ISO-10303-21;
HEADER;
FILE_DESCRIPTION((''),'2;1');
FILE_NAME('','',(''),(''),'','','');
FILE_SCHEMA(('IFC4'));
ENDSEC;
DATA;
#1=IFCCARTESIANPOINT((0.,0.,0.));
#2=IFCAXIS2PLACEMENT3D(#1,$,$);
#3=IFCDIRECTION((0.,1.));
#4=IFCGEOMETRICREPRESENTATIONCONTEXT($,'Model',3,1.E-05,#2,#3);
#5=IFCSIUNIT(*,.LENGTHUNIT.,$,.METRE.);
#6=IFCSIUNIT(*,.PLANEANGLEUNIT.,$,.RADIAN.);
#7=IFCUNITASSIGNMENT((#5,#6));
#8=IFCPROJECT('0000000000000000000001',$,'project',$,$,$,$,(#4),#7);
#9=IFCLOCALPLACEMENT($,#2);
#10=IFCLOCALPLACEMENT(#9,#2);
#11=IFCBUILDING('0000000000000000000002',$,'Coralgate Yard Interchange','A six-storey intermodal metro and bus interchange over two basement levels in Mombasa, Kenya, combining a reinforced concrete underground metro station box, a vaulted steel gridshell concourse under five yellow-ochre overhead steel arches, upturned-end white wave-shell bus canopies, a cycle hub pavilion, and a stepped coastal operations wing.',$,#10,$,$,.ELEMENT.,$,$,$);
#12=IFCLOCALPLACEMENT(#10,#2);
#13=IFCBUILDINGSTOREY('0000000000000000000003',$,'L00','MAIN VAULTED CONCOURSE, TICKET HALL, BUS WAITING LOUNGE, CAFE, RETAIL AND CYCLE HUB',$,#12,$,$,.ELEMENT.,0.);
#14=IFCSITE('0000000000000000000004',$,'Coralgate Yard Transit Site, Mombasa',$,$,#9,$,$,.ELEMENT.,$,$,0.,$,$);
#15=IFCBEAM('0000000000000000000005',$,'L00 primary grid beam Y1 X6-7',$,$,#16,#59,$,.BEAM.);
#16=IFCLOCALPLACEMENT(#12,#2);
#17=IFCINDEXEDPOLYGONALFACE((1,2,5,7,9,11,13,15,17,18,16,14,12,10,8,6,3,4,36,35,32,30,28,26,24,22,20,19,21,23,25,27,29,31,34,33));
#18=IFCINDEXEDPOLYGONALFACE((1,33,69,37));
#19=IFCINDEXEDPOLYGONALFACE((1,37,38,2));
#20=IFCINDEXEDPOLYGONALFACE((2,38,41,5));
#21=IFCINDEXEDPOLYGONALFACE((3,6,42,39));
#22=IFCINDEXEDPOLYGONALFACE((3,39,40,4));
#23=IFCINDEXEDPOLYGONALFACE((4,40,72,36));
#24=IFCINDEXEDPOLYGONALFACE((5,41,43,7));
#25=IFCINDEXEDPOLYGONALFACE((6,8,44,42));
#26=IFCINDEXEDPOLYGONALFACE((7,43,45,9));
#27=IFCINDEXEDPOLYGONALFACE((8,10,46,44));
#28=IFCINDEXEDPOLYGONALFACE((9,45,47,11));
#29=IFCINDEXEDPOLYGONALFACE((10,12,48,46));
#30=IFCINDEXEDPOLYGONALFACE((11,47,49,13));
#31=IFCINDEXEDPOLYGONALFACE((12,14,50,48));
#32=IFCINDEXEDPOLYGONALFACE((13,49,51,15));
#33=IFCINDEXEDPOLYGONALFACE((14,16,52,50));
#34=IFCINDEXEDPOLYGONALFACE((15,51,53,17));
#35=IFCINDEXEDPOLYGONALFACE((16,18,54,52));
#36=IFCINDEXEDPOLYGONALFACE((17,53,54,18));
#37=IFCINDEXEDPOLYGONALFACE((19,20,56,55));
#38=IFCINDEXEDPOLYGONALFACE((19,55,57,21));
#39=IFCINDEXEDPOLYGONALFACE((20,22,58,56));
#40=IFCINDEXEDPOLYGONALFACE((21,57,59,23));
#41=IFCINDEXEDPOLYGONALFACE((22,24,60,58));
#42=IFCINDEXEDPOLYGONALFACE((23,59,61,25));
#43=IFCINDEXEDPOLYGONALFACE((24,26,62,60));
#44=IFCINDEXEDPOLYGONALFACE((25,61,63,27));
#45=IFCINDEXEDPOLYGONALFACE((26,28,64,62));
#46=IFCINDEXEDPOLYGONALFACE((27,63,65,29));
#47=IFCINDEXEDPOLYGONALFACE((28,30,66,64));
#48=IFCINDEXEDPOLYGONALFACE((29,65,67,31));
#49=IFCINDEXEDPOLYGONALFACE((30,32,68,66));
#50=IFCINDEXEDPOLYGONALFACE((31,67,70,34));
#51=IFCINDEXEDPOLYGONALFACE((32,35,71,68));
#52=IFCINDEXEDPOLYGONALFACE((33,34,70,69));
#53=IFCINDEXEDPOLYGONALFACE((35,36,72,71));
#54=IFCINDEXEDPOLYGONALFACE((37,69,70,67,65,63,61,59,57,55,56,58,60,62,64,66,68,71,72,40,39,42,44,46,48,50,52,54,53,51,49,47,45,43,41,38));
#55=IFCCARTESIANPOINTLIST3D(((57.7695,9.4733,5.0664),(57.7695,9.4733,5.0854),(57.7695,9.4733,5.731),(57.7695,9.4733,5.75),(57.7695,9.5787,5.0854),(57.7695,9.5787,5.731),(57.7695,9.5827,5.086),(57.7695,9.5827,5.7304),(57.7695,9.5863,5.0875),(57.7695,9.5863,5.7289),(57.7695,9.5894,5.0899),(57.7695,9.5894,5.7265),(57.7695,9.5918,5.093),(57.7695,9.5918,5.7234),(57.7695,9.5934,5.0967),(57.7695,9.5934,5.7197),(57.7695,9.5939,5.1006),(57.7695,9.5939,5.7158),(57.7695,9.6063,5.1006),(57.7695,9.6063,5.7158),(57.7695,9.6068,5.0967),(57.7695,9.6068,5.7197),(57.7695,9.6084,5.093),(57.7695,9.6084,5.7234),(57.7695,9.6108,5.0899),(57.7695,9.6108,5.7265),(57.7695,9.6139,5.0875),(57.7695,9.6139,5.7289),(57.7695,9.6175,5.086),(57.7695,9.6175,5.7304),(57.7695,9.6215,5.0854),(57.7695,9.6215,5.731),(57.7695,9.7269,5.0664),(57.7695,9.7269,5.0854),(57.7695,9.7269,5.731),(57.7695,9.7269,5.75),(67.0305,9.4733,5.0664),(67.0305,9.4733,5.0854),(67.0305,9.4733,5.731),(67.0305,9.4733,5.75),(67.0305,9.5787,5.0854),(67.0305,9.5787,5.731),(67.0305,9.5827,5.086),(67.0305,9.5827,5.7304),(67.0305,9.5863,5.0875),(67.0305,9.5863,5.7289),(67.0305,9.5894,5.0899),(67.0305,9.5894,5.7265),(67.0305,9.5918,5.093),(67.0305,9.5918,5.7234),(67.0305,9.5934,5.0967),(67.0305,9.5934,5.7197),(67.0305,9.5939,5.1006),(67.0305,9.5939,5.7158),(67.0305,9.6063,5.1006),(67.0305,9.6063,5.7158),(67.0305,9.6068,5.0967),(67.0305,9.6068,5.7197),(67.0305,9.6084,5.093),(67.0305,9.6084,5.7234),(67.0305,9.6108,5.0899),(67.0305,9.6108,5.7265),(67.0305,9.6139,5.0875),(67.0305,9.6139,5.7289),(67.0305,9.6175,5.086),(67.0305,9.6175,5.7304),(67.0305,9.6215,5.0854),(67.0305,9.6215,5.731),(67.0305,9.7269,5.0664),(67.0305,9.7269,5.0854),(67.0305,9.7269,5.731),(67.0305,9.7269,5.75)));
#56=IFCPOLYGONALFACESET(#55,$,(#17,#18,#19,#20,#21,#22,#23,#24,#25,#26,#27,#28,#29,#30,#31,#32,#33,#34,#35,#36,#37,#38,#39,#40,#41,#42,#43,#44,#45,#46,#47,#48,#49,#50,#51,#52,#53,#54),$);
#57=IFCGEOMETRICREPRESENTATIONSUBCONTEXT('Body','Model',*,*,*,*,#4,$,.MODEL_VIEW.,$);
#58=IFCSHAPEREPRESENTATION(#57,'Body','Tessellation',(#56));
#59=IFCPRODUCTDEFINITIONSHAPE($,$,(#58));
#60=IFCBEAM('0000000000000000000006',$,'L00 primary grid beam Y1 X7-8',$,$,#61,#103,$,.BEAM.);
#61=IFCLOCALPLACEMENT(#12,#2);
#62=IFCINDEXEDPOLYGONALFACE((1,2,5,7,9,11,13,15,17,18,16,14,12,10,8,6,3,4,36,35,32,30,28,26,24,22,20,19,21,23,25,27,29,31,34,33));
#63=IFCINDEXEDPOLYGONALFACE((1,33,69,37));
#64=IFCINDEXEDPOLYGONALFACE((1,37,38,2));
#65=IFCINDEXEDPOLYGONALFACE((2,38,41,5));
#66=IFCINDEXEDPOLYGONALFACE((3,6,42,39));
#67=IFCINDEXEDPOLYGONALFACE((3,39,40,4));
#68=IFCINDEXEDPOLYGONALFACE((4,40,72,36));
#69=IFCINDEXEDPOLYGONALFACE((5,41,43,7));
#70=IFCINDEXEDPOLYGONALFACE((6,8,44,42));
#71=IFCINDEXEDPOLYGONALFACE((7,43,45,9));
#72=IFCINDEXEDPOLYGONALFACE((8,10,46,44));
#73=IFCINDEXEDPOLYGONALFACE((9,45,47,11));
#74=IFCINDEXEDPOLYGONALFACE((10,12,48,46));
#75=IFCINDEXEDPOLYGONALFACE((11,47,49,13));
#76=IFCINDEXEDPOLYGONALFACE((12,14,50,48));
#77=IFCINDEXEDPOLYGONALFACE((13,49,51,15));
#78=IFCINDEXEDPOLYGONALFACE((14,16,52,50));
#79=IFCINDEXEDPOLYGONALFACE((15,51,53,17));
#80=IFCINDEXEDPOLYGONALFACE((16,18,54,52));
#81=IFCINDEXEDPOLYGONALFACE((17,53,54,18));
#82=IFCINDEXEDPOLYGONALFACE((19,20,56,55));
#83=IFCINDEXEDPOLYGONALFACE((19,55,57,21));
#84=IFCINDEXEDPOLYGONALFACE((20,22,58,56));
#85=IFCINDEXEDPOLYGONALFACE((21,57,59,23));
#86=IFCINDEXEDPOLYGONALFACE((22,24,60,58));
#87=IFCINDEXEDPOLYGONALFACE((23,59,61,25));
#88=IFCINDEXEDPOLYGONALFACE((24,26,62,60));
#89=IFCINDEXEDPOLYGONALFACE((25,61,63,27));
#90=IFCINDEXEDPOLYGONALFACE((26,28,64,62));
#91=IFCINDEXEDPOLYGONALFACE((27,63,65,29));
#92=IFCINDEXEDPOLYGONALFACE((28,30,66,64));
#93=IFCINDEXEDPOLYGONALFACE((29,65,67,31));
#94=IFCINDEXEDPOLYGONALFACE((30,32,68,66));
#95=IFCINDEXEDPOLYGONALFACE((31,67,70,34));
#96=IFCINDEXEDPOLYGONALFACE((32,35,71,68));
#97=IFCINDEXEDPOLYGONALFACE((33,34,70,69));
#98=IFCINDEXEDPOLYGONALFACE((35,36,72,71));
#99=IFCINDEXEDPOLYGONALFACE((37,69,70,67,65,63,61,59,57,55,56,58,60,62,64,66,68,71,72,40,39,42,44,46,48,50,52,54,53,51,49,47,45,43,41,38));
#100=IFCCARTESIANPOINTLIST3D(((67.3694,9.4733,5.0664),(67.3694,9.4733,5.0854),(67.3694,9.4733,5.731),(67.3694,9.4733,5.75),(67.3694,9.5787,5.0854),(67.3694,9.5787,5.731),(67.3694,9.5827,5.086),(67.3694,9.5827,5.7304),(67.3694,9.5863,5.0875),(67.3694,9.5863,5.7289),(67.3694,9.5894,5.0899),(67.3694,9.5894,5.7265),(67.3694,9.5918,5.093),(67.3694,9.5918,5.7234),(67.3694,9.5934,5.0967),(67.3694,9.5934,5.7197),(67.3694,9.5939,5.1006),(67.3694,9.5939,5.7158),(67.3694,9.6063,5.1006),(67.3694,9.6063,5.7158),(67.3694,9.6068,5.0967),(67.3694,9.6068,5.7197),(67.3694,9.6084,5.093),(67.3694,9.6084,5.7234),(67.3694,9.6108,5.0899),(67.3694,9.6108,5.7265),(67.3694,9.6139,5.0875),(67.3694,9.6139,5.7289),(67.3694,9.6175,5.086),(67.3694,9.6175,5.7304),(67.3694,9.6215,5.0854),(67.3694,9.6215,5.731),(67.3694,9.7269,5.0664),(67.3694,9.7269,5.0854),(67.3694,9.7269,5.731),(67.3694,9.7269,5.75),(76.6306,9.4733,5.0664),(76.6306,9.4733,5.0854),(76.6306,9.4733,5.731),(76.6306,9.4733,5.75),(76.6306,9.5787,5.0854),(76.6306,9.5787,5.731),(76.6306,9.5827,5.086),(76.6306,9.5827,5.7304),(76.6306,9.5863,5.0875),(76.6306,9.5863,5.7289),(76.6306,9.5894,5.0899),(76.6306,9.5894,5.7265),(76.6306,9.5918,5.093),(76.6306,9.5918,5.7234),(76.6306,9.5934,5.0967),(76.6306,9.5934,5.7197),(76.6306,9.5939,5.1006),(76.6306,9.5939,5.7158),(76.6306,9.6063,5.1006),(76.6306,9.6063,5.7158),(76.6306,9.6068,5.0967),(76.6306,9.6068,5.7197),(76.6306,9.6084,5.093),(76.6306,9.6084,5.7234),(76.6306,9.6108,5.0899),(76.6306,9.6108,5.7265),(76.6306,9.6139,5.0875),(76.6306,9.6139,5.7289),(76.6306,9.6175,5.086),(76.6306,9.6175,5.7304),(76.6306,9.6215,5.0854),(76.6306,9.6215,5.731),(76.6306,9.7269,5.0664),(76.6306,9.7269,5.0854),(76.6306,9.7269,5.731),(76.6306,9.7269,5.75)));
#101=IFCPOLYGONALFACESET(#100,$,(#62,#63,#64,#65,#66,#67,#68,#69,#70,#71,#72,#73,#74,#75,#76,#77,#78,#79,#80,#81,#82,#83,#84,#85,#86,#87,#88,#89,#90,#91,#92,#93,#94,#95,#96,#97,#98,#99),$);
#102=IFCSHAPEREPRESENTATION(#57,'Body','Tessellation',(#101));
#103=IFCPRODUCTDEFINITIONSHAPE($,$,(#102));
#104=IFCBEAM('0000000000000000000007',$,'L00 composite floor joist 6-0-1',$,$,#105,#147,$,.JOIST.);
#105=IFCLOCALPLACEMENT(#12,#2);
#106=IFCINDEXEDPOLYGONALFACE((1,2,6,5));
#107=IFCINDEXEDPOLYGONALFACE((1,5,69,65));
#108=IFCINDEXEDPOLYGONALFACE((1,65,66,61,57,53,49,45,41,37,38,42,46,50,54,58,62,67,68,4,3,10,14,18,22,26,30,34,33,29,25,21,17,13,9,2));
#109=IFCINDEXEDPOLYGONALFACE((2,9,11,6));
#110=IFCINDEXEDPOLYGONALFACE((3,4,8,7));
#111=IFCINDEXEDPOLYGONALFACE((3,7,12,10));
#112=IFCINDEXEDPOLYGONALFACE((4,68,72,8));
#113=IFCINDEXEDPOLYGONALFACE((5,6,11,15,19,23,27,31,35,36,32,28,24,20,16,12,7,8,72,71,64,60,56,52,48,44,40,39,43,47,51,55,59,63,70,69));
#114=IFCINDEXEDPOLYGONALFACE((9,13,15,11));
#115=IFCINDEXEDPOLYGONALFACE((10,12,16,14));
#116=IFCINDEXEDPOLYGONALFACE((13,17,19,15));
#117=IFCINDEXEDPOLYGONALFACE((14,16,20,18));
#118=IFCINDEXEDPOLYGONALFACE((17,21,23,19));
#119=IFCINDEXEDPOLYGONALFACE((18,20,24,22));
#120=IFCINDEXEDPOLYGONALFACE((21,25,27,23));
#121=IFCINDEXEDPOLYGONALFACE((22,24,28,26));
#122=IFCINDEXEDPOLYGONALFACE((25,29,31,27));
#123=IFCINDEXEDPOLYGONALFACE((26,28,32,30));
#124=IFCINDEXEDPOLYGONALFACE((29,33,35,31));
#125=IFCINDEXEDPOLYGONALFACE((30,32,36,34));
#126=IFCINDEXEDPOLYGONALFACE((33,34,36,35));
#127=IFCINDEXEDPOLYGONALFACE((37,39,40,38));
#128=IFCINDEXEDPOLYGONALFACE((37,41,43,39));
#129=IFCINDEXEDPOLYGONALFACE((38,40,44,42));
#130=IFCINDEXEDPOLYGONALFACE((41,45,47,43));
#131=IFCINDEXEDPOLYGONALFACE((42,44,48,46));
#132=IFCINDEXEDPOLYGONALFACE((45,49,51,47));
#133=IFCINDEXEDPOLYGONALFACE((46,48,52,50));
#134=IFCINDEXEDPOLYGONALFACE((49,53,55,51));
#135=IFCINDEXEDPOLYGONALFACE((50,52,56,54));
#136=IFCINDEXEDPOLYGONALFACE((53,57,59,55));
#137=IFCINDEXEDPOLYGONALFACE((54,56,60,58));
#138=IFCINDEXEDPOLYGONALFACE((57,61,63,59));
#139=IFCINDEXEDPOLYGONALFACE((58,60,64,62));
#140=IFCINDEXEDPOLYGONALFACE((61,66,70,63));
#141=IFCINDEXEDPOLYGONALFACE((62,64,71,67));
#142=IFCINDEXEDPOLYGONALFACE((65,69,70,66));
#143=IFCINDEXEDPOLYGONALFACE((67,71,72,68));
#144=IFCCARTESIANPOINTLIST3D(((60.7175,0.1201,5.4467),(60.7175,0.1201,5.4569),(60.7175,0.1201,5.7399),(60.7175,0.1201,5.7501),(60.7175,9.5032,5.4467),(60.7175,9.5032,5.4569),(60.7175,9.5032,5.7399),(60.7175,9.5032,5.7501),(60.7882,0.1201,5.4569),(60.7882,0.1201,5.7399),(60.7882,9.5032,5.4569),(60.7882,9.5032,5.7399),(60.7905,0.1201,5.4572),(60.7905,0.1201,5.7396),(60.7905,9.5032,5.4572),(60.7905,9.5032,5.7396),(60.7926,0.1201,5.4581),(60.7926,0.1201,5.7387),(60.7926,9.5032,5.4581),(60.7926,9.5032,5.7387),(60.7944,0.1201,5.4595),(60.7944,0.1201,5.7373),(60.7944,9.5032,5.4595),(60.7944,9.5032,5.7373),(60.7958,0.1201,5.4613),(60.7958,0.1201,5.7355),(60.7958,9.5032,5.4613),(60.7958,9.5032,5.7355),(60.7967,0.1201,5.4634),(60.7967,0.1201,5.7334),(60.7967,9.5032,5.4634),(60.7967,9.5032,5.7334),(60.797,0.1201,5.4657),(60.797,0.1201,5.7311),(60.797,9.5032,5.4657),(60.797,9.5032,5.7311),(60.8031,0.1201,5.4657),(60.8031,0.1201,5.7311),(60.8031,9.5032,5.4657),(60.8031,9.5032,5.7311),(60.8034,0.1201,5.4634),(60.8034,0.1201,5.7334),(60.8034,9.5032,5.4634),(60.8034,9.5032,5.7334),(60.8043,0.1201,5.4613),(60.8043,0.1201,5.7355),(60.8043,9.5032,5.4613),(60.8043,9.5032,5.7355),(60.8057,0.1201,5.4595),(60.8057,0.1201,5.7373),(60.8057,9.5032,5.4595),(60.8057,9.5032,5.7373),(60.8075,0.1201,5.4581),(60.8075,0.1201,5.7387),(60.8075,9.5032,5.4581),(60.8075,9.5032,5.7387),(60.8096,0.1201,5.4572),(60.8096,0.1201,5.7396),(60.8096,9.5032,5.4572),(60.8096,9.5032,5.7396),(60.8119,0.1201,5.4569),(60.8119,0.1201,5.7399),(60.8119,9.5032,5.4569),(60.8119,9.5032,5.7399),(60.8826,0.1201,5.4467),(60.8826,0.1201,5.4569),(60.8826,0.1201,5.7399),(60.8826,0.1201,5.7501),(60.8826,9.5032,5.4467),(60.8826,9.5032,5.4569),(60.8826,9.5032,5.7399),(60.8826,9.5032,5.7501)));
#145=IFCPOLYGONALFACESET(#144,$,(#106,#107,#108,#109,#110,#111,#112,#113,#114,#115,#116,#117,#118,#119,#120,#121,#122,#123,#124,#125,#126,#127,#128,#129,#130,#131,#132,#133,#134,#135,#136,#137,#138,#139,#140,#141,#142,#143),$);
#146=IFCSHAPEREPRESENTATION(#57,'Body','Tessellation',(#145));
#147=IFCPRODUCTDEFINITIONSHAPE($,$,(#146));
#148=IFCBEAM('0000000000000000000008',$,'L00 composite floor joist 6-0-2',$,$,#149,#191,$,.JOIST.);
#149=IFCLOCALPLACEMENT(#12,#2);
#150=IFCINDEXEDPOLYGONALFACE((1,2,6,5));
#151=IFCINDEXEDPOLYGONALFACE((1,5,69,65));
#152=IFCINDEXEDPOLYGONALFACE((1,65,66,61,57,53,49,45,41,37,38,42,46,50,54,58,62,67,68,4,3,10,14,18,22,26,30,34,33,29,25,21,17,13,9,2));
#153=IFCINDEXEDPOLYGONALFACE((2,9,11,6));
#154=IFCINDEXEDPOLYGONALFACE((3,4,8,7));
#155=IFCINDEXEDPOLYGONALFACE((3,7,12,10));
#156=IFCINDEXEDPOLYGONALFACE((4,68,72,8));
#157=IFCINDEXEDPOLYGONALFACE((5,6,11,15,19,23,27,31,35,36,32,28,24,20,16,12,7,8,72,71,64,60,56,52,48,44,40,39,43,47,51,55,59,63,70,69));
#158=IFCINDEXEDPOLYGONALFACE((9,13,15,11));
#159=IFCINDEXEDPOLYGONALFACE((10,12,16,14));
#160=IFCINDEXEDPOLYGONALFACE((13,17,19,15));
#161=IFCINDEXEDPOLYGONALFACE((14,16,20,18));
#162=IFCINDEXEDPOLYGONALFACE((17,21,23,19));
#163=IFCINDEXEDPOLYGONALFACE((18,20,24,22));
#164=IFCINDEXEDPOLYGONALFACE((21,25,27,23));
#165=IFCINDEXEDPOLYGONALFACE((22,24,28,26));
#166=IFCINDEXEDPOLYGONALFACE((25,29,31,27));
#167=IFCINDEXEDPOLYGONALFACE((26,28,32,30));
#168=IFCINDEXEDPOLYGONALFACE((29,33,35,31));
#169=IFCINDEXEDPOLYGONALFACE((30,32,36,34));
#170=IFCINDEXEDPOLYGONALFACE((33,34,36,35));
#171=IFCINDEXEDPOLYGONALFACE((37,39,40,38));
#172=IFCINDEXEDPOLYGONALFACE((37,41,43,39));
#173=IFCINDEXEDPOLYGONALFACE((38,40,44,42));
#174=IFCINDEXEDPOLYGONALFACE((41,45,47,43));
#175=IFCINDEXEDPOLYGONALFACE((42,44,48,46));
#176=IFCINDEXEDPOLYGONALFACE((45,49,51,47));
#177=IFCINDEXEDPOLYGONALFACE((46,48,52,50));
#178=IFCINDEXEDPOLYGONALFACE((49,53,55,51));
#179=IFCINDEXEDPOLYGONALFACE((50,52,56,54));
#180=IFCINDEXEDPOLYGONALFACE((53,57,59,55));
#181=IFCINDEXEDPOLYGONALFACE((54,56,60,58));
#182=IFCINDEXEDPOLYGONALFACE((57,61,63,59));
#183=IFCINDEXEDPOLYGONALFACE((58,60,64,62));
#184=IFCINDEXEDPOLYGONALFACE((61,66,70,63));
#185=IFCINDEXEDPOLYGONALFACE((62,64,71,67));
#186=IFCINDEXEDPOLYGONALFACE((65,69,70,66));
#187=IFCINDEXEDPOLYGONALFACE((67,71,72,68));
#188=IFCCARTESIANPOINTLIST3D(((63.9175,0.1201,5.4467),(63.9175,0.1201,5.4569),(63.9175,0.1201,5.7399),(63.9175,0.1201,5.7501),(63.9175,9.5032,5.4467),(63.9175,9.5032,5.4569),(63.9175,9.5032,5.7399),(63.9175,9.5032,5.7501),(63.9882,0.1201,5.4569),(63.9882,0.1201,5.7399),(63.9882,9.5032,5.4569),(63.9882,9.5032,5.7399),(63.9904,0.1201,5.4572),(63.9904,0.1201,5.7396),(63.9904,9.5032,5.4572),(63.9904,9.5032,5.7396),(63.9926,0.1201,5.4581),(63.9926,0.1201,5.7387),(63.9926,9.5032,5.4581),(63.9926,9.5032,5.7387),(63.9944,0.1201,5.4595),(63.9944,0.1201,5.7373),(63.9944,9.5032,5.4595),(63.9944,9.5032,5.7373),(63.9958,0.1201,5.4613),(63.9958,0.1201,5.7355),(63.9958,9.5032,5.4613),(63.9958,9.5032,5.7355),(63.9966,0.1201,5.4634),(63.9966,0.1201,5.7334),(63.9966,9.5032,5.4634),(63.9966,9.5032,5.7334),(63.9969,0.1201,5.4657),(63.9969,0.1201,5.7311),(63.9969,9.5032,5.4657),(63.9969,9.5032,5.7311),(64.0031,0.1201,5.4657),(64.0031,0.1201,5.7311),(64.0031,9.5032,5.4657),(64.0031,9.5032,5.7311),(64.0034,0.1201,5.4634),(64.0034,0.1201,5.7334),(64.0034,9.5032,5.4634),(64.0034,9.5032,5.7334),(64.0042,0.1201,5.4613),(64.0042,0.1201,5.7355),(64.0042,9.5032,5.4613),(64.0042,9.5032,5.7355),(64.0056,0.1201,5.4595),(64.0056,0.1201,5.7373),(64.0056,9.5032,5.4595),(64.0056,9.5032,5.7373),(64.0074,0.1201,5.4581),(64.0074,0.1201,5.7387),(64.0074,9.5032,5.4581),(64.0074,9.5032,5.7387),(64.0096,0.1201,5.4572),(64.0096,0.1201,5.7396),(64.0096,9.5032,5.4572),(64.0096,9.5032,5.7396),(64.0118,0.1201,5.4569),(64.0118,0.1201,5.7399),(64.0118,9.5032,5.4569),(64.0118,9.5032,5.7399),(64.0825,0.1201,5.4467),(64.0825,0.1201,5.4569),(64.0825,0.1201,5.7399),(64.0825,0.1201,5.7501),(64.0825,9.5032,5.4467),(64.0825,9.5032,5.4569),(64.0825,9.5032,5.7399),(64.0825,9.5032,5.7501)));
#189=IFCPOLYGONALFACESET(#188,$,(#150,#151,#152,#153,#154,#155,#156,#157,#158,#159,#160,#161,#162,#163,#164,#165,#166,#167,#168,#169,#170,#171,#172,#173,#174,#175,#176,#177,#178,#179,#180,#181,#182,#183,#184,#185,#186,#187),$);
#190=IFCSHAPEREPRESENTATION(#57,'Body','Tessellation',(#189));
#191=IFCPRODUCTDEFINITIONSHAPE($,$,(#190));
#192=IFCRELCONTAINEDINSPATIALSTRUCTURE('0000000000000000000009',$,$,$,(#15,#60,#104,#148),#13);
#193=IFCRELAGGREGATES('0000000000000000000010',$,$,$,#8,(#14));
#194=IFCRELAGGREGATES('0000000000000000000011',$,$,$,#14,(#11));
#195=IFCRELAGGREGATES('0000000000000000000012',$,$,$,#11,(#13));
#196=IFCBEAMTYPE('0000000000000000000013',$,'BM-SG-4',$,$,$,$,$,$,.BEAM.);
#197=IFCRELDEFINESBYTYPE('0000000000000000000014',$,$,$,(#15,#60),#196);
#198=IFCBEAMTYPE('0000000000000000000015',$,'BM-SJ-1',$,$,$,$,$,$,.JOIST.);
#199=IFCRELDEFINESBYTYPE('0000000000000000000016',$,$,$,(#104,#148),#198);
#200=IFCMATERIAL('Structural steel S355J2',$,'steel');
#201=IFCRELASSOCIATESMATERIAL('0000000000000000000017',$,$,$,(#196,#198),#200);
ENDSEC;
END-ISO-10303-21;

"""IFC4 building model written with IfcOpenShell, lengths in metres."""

from ifc_helpers import new_model, si_unit, direction, frame, origin, origin_2d, place, context, subcontext, project, spatial, i_section, extrude, material, material_profile, profile_set, type_object, element, save


model = new_model("IFC4")

# Units and contexts
model_context = context("Model", 3, precision=1e-05, world=origin(), true_north=direction((0.0, 1.0)))
body_context = subcontext(model_context, "Body", "Model", "MODEL_VIEW")
ifc_project = project(units=[si_unit("LENGTHUNIT", "METRE"), si_unit("PLANEANGLEUNIT", "RADIAN")], contexts=[model_context])

# Site, building, storey
site_placement = place(None, origin())
site = spatial("IfcSite", under=ifc_project, at=site_placement, Name="Coralgate Yard Transit Site, Mombasa", CompositionType="ELEMENT", RefElevation=0.0)
building_placement = place(site_placement, origin())
building = spatial("IfcBuilding", under=site, at=building_placement, Name="Coralgate Yard Interchange", Description="A six-storey intermodal metro and bus interchange over two basement levels in Mombasa, Kenya, combining a reinforced concrete underground metro station box, a vaulted steel gridshell concourse under five yellow-ochre overhead steel arches, upturned-end white wave-shell bus canopies, a cycle hub pavilion, and a stepped coastal operations wing.", CompositionType="ELEMENT")
storey_placement = place(building_placement, origin())
storey = spatial("IfcBuildingStorey", under=building, at=storey_placement, Name="L00", Description="MAIN VAULTED CONCOURSE, TICKET HALL, BUS WAITING LOUNGE, CAFE, RETAIL AND CYCLE HUB", CompositionType="ELEMENT", Elevation=0.0)

# Shared definitions
ifc_material_1 = material(Name="Structural steel S355J2", Category="steel")

# Beams
ifc_material_profile_1 = material_profile(ifc_material_1, i_section(OverallWidth=0.2537, OverallDepth=0.6836, WebThickness=0.0125, FlangeThickness=0.019, FilletRadius=0.0151, at=origin_2d()), Name="UB 686x254x140")
ifc_profile_set_1 = profile_set([ifc_material_profile_1], Name="Structural steel S355J2")
beam_type_1 = type_object("IfcBeamType", Name="BM-SG-4", PredefinedType="BEAM", material=ifc_profile_set_1)
beam_1_placement = place(storey_placement, frame((57.7695, 9.6001, 5.4082), z_axis=(1.0, 0.0, 0.0), x_axis=(0.0, 1.0, 0.0)))
element("IfcBeam", 1, at=beam_1_placement, inside=storey, type_object=beam_type_1, Name="L00 primary grid beam Y1 X6-7", PredefinedType="BEAM", context=body_context, shape_type="SweptSolid", body=[
    extrude(i_section(OverallWidth=0.2537, OverallDepth=0.6836, WebThickness=0.0125, FlangeThickness=0.019, FilletRadius=0.0151, at=origin_2d()), origin(), (0.0, 0.0, 1.0), 9.261),
])
beam_2_placement = place(storey_placement, frame((67.3694, 9.6001, 5.4082), z_axis=(1.0, 0.0, 0.0), x_axis=(0.0, 1.0, 0.0)))
element("IfcBeam", 2, at=beam_2_placement, inside=storey, type_object=beam_type_1, Name="L00 primary grid beam Y1 X7-8", PredefinedType="BEAM", context=body_context, shape_type="SweptSolid", body=[
    extrude(i_section(OverallWidth=0.2537, OverallDepth=0.6836, WebThickness=0.0125, FlangeThickness=0.019, FilletRadius=0.0151, at=origin_2d()), origin(), (0.0, 0.0, 1.0), 9.2612),
])
ifc_material_profile_2 = material_profile(ifc_material_1, i_section(OverallWidth=0.165, OverallDepth=0.3035, WebThickness=0.0061, FlangeThickness=0.0103, FilletRadius=0.0088, at=origin_2d()), Name="UB 305x165x40")
ifc_profile_set_2 = profile_set([ifc_material_profile_2], Name="Structural steel S355J2")
beam_type_2 = type_object("IfcBeamType", Name="BM-SJ-1", PredefinedType="JOIST", material=ifc_profile_set_2)
for number, where, z_axis, x_axis, name in (
    (3, (60.8, 0.1201, 5.5984), (0.0, 1.0, 0.0), (-1.0, 0.0, 0.0), "L00 composite floor joist 6-0-1"),
    (4, (64.0, 0.1201, 5.5984), (0.0, 1.0, 0.0), (-1.0, 0.0, 0.0), "L00 composite floor joist 6-0-2"),
):
    element("IfcBeam", number, at=place(storey_placement, frame(where, z_axis=z_axis, x_axis=x_axis)), inside=storey, type_object=beam_type_2, Name=name, PredefinedType="JOIST", context=body_context, shape_type="SweptSolid", body=[
        extrude(i_section(OverallWidth=0.165, OverallDepth=0.3035, WebThickness=0.0061, FlangeThickness=0.0103, FilletRadius=0.0088, at=origin_2d()), origin(), (0.0, 0.0, 1.0), 9.3831),
    ])

save(model, "model.ifc")
